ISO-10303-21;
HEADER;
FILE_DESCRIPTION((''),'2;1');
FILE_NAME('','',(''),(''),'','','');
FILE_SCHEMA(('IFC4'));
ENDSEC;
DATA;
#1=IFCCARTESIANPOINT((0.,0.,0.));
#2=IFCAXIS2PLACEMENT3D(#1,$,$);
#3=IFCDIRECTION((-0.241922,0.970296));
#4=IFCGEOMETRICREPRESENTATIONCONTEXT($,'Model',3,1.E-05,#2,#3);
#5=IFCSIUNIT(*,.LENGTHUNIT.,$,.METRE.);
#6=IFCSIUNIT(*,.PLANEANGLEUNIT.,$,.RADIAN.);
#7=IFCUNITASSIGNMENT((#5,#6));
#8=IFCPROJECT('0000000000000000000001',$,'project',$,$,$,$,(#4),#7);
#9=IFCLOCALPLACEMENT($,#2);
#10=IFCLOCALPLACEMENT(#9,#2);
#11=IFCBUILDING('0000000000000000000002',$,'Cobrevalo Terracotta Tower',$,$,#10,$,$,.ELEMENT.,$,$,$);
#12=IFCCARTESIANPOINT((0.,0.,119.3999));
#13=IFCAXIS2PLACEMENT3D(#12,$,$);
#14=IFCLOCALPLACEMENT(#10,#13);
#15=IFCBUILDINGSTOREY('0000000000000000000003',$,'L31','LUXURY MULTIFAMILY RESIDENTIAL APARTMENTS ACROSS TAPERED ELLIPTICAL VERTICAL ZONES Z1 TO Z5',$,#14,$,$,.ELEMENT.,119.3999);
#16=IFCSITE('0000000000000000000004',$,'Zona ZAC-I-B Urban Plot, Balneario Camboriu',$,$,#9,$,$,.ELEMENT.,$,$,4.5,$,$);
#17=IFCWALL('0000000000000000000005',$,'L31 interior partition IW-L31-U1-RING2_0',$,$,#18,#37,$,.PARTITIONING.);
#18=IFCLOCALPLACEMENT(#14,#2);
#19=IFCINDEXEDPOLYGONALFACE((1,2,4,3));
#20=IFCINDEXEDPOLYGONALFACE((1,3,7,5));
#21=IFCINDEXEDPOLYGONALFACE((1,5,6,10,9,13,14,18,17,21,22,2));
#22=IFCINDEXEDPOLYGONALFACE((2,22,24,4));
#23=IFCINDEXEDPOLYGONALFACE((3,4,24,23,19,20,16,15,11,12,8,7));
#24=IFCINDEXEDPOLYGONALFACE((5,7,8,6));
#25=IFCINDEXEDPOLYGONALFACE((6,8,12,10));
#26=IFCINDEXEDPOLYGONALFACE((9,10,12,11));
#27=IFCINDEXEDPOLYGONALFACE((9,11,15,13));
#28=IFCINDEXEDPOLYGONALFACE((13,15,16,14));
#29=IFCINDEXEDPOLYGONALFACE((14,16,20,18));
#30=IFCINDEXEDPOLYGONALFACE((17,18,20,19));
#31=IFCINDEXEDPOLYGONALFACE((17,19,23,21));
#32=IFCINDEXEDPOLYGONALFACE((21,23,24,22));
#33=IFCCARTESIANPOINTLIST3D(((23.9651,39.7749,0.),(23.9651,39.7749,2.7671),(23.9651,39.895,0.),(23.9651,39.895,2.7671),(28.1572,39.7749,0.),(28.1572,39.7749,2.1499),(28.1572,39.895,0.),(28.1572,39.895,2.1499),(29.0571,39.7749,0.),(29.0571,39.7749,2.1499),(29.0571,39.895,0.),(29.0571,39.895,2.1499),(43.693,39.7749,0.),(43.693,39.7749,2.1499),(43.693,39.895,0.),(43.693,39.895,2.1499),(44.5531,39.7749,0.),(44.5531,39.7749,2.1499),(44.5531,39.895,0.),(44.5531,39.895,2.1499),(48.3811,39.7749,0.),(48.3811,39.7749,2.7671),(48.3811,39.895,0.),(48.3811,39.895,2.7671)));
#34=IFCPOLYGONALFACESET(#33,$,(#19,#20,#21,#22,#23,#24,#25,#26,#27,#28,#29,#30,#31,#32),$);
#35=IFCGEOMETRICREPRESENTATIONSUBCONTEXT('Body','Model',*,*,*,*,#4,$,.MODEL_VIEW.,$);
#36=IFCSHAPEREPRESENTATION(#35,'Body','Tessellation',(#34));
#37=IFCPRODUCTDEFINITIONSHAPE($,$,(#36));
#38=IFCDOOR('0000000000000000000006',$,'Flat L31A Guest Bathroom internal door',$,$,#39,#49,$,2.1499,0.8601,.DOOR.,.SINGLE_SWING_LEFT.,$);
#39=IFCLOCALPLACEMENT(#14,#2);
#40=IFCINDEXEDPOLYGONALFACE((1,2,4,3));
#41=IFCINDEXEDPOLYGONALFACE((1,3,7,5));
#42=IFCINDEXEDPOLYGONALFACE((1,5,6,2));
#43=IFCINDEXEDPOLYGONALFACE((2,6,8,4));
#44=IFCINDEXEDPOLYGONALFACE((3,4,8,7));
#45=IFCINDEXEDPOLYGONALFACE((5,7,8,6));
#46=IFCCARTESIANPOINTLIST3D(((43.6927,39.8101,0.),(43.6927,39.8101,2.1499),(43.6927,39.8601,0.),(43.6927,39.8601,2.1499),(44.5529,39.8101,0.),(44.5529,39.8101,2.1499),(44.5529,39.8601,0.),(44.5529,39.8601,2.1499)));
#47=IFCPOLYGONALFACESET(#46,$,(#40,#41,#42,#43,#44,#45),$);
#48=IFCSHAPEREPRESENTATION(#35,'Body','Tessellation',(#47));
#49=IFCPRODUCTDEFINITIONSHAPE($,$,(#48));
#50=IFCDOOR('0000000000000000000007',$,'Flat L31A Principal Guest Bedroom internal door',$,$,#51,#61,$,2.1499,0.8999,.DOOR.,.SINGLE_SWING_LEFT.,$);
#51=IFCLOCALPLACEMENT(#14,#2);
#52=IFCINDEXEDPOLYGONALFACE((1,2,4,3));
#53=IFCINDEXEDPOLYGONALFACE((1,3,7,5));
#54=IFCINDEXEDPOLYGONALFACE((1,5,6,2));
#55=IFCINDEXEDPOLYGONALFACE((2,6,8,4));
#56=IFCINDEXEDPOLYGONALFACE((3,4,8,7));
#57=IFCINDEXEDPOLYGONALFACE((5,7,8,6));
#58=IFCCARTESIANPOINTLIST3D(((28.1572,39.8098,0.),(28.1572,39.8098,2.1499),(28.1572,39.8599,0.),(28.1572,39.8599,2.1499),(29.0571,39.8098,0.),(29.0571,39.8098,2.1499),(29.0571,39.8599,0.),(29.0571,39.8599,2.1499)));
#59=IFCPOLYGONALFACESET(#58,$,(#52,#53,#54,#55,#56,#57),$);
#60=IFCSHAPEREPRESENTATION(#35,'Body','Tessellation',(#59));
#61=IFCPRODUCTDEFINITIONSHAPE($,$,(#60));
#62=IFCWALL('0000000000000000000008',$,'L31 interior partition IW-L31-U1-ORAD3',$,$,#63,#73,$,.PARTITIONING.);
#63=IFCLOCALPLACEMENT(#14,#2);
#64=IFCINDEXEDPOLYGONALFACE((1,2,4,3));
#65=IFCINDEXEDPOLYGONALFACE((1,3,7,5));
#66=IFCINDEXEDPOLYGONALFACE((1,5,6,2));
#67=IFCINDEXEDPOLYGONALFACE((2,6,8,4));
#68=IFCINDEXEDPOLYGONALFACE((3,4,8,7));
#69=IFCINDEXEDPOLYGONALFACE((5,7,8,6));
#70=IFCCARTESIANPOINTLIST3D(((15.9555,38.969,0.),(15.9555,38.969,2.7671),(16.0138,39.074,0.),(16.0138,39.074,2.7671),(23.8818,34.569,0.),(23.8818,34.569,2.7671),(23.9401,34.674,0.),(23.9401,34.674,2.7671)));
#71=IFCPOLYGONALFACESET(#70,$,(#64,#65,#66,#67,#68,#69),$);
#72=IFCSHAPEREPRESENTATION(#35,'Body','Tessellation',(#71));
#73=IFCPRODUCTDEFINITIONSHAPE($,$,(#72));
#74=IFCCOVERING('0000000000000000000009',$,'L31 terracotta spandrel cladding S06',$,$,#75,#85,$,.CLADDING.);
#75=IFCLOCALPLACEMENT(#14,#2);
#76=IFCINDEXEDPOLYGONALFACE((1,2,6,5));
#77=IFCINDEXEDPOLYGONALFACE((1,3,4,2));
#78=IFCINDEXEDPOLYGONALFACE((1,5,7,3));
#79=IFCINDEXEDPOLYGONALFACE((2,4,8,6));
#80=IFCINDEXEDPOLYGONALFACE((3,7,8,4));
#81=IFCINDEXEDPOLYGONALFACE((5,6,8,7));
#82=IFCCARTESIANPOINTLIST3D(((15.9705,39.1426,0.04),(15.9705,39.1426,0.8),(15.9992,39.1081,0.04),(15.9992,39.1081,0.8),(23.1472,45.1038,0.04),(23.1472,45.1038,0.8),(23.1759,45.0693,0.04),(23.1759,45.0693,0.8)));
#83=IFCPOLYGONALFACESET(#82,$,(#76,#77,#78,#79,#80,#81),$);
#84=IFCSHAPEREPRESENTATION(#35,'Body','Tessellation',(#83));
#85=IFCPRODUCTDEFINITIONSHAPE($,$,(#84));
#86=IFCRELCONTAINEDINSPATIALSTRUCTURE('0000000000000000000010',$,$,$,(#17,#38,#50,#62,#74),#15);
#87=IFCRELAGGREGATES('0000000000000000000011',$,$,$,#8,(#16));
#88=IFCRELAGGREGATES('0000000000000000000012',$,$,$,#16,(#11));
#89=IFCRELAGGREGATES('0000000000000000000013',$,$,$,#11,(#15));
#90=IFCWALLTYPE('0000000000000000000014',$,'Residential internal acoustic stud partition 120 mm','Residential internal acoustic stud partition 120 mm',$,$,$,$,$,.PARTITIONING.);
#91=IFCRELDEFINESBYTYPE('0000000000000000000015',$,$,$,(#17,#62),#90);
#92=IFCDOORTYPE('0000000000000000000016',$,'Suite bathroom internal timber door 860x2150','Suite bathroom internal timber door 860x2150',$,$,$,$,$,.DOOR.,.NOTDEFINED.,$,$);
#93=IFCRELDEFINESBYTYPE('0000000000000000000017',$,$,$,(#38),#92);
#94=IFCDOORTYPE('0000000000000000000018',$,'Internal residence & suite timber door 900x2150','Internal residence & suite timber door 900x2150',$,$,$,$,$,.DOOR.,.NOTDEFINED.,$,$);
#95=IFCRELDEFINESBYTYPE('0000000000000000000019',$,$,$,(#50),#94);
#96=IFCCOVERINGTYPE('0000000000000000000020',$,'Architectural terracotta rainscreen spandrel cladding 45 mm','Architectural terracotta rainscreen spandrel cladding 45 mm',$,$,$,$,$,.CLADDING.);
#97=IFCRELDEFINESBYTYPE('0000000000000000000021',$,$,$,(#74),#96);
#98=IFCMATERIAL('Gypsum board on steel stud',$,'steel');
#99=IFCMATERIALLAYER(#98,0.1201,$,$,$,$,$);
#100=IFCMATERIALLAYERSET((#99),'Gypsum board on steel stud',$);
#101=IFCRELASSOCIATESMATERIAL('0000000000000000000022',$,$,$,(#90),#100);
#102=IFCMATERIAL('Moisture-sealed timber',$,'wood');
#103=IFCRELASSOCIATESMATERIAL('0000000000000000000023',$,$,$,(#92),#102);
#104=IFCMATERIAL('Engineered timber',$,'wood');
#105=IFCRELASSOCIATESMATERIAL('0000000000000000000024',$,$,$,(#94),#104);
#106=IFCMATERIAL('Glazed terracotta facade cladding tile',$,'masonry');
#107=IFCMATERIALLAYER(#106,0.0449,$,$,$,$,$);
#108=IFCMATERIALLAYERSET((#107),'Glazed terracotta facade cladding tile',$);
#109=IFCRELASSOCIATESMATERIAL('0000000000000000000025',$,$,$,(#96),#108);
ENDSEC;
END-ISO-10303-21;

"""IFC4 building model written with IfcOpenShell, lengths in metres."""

from ifc_helpers import new_model, si_unit, direction, frame, frame_2d, origin, origin_2d, place, context, subcontext, project, spatial, rectangle, extrude, source, transform, mapped, material, layer, layer_set, type_object, element, fill, save


model = new_model("IFC4")

# Units and contexts
model_context = context("Model", 3, precision=1e-05, world=origin(), true_north=direction((-0.241922, 0.970296)))
body_context = subcontext(model_context, "Body", "Model", "MODEL_VIEW")
ifc_project = project(units=[si_unit("LENGTHUNIT", "METRE"), si_unit("PLANEANGLEUNIT", "RADIAN")], contexts=[model_context])

# Site, building, storey
site_placement = place(None, origin())
site = spatial("IfcSite", under=ifc_project, at=site_placement, Name="Zona ZAC-I-B Urban Plot, Balneario Camboriu", CompositionType="ELEMENT", RefElevation=4.5)
building_placement = place(site_placement, origin())
building = spatial("IfcBuilding", under=site, at=building_placement, Name="Cobrevalo Terracotta Tower", CompositionType="ELEMENT")
storey_placement = place(building_placement, frame((0.0, 0.0, 119.3999)))
storey = spatial("IfcBuildingStorey", under=building, at=storey_placement, Name="L31", Description="LUXURY MULTIFAMILY RESIDENTIAL APARTMENTS ACROSS TAPERED ELLIPTICAL VERTICAL ZONES Z1 TO Z5", CompositionType="ELEMENT", Elevation=119.3999)

# Wall, openings, doors
ifc_material_1 = material(Name="Gypsum board on steel stud", Category="steel")
ifc_layer_1 = layer(ifc_material_1, 0.1201)
ifc_layer_set_1 = layer_set([ifc_layer_1], Name="Gypsum board on steel stud")
wall_type_1 = type_object("IfcWallType", Name="Residential internal acoustic stud partition 120 mm", Description="Residential internal acoustic stud partition 120 mm", PredefinedType="PARTITIONING", material=ifc_layer_set_1)
wall_1_placement = place(storey_placement, frame((23.9651, 39.835, 0.0), z_axis=(0.0, 0.0, 1.0), x_axis=(1.0, 0.0, 0.0)))
wall_1 = element("IfcWall", 1, at=wall_1_placement, inside=storey, type_object=wall_type_1, Name="L31 interior partition IW-L31-U1-RING2_0", PredefinedType="PARTITIONING", context=body_context, shape_type="SweptSolid", body=[
    extrude(rectangle(XDim=24.416, YDim=0.1201, at=frame_2d((12.208, 0.0))), origin(), (0.0, 0.0, 1.0), 2.7671),
])
opening_1_placement = place(wall_1_placement, frame((4.1921, 0.0, 0.0)))
opening_1 = element("IfcOpeningElement", 2, at=opening_1_placement, cuts=wall_1, PredefinedType="OPENING", context=body_context, shape_type="SweptSolid", body=[
    extrude(rectangle(XDim=0.8999, YDim=2.1499, at=frame_2d((0.45, 1.075))), frame((0.0, 0.0701, 0.0), z_axis=(0.0, -1.0, 0.0), x_axis=(1.0, 0.0, 0.0)), (0.0, 0.0, 1.0), 0.1401),
])
opening_2_placement = place(wall_1_placement, frame((19.7278, 0.0, 0.0)))
opening_2 = element("IfcOpeningElement", 3, at=opening_2_placement, cuts=wall_1, PredefinedType="OPENING", context=body_context, shape_type="SweptSolid", body=[
    extrude(rectangle(XDim=0.8601, YDim=2.1499, at=frame_2d((0.4302, 1.075))), frame((0.0, 0.0701, 0.0), z_axis=(0.0, -1.0, 0.0), x_axis=(1.0, 0.0, 0.0)), (0.0, 0.0, 1.0), 0.1401),
])
ifc_material_2 = material(Name="Moisture-sealed timber", Category="wood")
door_type_1 = type_object("IfcDoorType", Name="Suite bathroom internal timber door 860x2150", Description="Suite bathroom internal timber door 860x2150", OperationType="NOTDEFINED", PredefinedType="DOOR", material=ifc_material_2)
shared_shape_1 = source(origin(), body_context, "Body", "SweptSolid", [
    extrude(rectangle(XDim=0.8601, YDim=2.1499, at=frame_2d((0.4302, 1.075))), frame((0.0, 0.0249, 0.0), z_axis=(0.0, -1.0, 0.0), x_axis=(1.0, 0.0, 0.0)), (0.0, 0.0, 1.0), 0.05),
])
door_1_placement = place(opening_2_placement, frame((0.8601, 0.0, 0.0), z_axis=(0.0, 0.0, 1.0), x_axis=(-1.0, 0.0, 0.0)))
door_1 = element("IfcDoor", 4, at=door_1_placement, inside=storey, type_object=door_type_1, Name="Flat L31A Guest Bathroom internal door", OperationType="SINGLE_SWING_LEFT", OverallHeight=2.1499, OverallWidth=0.8601, PredefinedType="DOOR", context=body_context, shape_type="MappedRepresentation", body=[
    mapped(shared_shape_1, transform((0.0, 0.0, 0.0), scale=1.0)),
])
fill(opening_2, door_1)
ifc_material_3 = material(Name="Engineered timber", Category="wood")
door_type_2 = type_object("IfcDoorType", Name="Internal residence & suite timber door 900x2150", Description="Internal residence & suite timber door 900x2150", OperationType="NOTDEFINED", PredefinedType="DOOR", material=ifc_material_3)
shared_shape_2 = source(origin(), body_context, "Body", "SweptSolid", [
    extrude(rectangle(XDim=0.8999, YDim=2.1499, at=frame_2d((0.45, 1.075))), frame((0.0, 0.0249, 0.0), z_axis=(0.0, -1.0, 0.0), x_axis=(1.0, 0.0, 0.0)), (0.0, 0.0, 1.0), 0.05),
])
door_2_placement = place(opening_1_placement, origin())
door_2 = element("IfcDoor", 5, at=door_2_placement, inside=storey, type_object=door_type_2, Name="Flat L31A Principal Guest Bedroom internal door", OperationType="SINGLE_SWING_LEFT", OverallHeight=2.1499, OverallWidth=0.8999, PredefinedType="DOOR", context=body_context, shape_type="MappedRepresentation", body=[
    mapped(shared_shape_2, transform((0.0, 0.0, 0.0), scale=1.0)),
])
fill(opening_1, door_2)

# Wall
wall_2_placement = place(storey_placement, frame((23.9109, 34.6216, 0.0), z_axis=(0.0, 0.0, 1.0), x_axis=(-0.874325, 0.485341, 0.0)))
element("IfcWall", 6, at=wall_2_placement, inside=storey, type_object=wall_type_1, Name="L31 interior partition IW-L31-U1-ORAD3", PredefinedType="PARTITIONING", context=body_context, shape_type="SweptSolid", body=[
    extrude(rectangle(XDim=9.0657, YDim=0.1201, at=frame_2d((4.5327, 0.0))), origin(), (0.0, 0.0, 1.0), 2.7671),
])

# Covering
ifc_material_4 = material(Name="Glazed terracotta facade cladding tile", Category="masonry")
ifc_layer_2 = layer(ifc_material_4, 0.0449)
ifc_layer_set_2 = layer_set([ifc_layer_2], Name="Glazed terracotta facade cladding tile")
covering_type = type_object("IfcCoveringType", Name="Architectural terracotta rainscreen spandrel cladding 45 mm", Description="Architectural terracotta rainscreen spandrel cladding 45 mm", PredefinedType="CLADDING", material=ifc_layer_set_2)
shared_shape_3 = source(origin(), body_context, "Body", "SweptSolid", [
    extrude(rectangle(XDim=9.3296, YDim=0.0449, at=origin_2d()), origin(), (0.0, 0.0, 1.0), 0.76),
])
covering_placement = place(storey_placement, frame((19.5732, 42.106, 0.04), z_axis=(0.0, 0.0, 1.0), x_axis=(-0.769241, -0.638958, 0.0)))
element("IfcCovering", 7, at=covering_placement, inside=storey, type_object=covering_type, Name="L31 terracotta spandrel cladding S06", PredefinedType="CLADDING", context=body_context, shape_type="MappedRepresentation", body=[
    mapped(shared_shape_3, transform((0.0, 0.0, 0.0), scale=1.0)),
])

save(model, "model.ifc")
